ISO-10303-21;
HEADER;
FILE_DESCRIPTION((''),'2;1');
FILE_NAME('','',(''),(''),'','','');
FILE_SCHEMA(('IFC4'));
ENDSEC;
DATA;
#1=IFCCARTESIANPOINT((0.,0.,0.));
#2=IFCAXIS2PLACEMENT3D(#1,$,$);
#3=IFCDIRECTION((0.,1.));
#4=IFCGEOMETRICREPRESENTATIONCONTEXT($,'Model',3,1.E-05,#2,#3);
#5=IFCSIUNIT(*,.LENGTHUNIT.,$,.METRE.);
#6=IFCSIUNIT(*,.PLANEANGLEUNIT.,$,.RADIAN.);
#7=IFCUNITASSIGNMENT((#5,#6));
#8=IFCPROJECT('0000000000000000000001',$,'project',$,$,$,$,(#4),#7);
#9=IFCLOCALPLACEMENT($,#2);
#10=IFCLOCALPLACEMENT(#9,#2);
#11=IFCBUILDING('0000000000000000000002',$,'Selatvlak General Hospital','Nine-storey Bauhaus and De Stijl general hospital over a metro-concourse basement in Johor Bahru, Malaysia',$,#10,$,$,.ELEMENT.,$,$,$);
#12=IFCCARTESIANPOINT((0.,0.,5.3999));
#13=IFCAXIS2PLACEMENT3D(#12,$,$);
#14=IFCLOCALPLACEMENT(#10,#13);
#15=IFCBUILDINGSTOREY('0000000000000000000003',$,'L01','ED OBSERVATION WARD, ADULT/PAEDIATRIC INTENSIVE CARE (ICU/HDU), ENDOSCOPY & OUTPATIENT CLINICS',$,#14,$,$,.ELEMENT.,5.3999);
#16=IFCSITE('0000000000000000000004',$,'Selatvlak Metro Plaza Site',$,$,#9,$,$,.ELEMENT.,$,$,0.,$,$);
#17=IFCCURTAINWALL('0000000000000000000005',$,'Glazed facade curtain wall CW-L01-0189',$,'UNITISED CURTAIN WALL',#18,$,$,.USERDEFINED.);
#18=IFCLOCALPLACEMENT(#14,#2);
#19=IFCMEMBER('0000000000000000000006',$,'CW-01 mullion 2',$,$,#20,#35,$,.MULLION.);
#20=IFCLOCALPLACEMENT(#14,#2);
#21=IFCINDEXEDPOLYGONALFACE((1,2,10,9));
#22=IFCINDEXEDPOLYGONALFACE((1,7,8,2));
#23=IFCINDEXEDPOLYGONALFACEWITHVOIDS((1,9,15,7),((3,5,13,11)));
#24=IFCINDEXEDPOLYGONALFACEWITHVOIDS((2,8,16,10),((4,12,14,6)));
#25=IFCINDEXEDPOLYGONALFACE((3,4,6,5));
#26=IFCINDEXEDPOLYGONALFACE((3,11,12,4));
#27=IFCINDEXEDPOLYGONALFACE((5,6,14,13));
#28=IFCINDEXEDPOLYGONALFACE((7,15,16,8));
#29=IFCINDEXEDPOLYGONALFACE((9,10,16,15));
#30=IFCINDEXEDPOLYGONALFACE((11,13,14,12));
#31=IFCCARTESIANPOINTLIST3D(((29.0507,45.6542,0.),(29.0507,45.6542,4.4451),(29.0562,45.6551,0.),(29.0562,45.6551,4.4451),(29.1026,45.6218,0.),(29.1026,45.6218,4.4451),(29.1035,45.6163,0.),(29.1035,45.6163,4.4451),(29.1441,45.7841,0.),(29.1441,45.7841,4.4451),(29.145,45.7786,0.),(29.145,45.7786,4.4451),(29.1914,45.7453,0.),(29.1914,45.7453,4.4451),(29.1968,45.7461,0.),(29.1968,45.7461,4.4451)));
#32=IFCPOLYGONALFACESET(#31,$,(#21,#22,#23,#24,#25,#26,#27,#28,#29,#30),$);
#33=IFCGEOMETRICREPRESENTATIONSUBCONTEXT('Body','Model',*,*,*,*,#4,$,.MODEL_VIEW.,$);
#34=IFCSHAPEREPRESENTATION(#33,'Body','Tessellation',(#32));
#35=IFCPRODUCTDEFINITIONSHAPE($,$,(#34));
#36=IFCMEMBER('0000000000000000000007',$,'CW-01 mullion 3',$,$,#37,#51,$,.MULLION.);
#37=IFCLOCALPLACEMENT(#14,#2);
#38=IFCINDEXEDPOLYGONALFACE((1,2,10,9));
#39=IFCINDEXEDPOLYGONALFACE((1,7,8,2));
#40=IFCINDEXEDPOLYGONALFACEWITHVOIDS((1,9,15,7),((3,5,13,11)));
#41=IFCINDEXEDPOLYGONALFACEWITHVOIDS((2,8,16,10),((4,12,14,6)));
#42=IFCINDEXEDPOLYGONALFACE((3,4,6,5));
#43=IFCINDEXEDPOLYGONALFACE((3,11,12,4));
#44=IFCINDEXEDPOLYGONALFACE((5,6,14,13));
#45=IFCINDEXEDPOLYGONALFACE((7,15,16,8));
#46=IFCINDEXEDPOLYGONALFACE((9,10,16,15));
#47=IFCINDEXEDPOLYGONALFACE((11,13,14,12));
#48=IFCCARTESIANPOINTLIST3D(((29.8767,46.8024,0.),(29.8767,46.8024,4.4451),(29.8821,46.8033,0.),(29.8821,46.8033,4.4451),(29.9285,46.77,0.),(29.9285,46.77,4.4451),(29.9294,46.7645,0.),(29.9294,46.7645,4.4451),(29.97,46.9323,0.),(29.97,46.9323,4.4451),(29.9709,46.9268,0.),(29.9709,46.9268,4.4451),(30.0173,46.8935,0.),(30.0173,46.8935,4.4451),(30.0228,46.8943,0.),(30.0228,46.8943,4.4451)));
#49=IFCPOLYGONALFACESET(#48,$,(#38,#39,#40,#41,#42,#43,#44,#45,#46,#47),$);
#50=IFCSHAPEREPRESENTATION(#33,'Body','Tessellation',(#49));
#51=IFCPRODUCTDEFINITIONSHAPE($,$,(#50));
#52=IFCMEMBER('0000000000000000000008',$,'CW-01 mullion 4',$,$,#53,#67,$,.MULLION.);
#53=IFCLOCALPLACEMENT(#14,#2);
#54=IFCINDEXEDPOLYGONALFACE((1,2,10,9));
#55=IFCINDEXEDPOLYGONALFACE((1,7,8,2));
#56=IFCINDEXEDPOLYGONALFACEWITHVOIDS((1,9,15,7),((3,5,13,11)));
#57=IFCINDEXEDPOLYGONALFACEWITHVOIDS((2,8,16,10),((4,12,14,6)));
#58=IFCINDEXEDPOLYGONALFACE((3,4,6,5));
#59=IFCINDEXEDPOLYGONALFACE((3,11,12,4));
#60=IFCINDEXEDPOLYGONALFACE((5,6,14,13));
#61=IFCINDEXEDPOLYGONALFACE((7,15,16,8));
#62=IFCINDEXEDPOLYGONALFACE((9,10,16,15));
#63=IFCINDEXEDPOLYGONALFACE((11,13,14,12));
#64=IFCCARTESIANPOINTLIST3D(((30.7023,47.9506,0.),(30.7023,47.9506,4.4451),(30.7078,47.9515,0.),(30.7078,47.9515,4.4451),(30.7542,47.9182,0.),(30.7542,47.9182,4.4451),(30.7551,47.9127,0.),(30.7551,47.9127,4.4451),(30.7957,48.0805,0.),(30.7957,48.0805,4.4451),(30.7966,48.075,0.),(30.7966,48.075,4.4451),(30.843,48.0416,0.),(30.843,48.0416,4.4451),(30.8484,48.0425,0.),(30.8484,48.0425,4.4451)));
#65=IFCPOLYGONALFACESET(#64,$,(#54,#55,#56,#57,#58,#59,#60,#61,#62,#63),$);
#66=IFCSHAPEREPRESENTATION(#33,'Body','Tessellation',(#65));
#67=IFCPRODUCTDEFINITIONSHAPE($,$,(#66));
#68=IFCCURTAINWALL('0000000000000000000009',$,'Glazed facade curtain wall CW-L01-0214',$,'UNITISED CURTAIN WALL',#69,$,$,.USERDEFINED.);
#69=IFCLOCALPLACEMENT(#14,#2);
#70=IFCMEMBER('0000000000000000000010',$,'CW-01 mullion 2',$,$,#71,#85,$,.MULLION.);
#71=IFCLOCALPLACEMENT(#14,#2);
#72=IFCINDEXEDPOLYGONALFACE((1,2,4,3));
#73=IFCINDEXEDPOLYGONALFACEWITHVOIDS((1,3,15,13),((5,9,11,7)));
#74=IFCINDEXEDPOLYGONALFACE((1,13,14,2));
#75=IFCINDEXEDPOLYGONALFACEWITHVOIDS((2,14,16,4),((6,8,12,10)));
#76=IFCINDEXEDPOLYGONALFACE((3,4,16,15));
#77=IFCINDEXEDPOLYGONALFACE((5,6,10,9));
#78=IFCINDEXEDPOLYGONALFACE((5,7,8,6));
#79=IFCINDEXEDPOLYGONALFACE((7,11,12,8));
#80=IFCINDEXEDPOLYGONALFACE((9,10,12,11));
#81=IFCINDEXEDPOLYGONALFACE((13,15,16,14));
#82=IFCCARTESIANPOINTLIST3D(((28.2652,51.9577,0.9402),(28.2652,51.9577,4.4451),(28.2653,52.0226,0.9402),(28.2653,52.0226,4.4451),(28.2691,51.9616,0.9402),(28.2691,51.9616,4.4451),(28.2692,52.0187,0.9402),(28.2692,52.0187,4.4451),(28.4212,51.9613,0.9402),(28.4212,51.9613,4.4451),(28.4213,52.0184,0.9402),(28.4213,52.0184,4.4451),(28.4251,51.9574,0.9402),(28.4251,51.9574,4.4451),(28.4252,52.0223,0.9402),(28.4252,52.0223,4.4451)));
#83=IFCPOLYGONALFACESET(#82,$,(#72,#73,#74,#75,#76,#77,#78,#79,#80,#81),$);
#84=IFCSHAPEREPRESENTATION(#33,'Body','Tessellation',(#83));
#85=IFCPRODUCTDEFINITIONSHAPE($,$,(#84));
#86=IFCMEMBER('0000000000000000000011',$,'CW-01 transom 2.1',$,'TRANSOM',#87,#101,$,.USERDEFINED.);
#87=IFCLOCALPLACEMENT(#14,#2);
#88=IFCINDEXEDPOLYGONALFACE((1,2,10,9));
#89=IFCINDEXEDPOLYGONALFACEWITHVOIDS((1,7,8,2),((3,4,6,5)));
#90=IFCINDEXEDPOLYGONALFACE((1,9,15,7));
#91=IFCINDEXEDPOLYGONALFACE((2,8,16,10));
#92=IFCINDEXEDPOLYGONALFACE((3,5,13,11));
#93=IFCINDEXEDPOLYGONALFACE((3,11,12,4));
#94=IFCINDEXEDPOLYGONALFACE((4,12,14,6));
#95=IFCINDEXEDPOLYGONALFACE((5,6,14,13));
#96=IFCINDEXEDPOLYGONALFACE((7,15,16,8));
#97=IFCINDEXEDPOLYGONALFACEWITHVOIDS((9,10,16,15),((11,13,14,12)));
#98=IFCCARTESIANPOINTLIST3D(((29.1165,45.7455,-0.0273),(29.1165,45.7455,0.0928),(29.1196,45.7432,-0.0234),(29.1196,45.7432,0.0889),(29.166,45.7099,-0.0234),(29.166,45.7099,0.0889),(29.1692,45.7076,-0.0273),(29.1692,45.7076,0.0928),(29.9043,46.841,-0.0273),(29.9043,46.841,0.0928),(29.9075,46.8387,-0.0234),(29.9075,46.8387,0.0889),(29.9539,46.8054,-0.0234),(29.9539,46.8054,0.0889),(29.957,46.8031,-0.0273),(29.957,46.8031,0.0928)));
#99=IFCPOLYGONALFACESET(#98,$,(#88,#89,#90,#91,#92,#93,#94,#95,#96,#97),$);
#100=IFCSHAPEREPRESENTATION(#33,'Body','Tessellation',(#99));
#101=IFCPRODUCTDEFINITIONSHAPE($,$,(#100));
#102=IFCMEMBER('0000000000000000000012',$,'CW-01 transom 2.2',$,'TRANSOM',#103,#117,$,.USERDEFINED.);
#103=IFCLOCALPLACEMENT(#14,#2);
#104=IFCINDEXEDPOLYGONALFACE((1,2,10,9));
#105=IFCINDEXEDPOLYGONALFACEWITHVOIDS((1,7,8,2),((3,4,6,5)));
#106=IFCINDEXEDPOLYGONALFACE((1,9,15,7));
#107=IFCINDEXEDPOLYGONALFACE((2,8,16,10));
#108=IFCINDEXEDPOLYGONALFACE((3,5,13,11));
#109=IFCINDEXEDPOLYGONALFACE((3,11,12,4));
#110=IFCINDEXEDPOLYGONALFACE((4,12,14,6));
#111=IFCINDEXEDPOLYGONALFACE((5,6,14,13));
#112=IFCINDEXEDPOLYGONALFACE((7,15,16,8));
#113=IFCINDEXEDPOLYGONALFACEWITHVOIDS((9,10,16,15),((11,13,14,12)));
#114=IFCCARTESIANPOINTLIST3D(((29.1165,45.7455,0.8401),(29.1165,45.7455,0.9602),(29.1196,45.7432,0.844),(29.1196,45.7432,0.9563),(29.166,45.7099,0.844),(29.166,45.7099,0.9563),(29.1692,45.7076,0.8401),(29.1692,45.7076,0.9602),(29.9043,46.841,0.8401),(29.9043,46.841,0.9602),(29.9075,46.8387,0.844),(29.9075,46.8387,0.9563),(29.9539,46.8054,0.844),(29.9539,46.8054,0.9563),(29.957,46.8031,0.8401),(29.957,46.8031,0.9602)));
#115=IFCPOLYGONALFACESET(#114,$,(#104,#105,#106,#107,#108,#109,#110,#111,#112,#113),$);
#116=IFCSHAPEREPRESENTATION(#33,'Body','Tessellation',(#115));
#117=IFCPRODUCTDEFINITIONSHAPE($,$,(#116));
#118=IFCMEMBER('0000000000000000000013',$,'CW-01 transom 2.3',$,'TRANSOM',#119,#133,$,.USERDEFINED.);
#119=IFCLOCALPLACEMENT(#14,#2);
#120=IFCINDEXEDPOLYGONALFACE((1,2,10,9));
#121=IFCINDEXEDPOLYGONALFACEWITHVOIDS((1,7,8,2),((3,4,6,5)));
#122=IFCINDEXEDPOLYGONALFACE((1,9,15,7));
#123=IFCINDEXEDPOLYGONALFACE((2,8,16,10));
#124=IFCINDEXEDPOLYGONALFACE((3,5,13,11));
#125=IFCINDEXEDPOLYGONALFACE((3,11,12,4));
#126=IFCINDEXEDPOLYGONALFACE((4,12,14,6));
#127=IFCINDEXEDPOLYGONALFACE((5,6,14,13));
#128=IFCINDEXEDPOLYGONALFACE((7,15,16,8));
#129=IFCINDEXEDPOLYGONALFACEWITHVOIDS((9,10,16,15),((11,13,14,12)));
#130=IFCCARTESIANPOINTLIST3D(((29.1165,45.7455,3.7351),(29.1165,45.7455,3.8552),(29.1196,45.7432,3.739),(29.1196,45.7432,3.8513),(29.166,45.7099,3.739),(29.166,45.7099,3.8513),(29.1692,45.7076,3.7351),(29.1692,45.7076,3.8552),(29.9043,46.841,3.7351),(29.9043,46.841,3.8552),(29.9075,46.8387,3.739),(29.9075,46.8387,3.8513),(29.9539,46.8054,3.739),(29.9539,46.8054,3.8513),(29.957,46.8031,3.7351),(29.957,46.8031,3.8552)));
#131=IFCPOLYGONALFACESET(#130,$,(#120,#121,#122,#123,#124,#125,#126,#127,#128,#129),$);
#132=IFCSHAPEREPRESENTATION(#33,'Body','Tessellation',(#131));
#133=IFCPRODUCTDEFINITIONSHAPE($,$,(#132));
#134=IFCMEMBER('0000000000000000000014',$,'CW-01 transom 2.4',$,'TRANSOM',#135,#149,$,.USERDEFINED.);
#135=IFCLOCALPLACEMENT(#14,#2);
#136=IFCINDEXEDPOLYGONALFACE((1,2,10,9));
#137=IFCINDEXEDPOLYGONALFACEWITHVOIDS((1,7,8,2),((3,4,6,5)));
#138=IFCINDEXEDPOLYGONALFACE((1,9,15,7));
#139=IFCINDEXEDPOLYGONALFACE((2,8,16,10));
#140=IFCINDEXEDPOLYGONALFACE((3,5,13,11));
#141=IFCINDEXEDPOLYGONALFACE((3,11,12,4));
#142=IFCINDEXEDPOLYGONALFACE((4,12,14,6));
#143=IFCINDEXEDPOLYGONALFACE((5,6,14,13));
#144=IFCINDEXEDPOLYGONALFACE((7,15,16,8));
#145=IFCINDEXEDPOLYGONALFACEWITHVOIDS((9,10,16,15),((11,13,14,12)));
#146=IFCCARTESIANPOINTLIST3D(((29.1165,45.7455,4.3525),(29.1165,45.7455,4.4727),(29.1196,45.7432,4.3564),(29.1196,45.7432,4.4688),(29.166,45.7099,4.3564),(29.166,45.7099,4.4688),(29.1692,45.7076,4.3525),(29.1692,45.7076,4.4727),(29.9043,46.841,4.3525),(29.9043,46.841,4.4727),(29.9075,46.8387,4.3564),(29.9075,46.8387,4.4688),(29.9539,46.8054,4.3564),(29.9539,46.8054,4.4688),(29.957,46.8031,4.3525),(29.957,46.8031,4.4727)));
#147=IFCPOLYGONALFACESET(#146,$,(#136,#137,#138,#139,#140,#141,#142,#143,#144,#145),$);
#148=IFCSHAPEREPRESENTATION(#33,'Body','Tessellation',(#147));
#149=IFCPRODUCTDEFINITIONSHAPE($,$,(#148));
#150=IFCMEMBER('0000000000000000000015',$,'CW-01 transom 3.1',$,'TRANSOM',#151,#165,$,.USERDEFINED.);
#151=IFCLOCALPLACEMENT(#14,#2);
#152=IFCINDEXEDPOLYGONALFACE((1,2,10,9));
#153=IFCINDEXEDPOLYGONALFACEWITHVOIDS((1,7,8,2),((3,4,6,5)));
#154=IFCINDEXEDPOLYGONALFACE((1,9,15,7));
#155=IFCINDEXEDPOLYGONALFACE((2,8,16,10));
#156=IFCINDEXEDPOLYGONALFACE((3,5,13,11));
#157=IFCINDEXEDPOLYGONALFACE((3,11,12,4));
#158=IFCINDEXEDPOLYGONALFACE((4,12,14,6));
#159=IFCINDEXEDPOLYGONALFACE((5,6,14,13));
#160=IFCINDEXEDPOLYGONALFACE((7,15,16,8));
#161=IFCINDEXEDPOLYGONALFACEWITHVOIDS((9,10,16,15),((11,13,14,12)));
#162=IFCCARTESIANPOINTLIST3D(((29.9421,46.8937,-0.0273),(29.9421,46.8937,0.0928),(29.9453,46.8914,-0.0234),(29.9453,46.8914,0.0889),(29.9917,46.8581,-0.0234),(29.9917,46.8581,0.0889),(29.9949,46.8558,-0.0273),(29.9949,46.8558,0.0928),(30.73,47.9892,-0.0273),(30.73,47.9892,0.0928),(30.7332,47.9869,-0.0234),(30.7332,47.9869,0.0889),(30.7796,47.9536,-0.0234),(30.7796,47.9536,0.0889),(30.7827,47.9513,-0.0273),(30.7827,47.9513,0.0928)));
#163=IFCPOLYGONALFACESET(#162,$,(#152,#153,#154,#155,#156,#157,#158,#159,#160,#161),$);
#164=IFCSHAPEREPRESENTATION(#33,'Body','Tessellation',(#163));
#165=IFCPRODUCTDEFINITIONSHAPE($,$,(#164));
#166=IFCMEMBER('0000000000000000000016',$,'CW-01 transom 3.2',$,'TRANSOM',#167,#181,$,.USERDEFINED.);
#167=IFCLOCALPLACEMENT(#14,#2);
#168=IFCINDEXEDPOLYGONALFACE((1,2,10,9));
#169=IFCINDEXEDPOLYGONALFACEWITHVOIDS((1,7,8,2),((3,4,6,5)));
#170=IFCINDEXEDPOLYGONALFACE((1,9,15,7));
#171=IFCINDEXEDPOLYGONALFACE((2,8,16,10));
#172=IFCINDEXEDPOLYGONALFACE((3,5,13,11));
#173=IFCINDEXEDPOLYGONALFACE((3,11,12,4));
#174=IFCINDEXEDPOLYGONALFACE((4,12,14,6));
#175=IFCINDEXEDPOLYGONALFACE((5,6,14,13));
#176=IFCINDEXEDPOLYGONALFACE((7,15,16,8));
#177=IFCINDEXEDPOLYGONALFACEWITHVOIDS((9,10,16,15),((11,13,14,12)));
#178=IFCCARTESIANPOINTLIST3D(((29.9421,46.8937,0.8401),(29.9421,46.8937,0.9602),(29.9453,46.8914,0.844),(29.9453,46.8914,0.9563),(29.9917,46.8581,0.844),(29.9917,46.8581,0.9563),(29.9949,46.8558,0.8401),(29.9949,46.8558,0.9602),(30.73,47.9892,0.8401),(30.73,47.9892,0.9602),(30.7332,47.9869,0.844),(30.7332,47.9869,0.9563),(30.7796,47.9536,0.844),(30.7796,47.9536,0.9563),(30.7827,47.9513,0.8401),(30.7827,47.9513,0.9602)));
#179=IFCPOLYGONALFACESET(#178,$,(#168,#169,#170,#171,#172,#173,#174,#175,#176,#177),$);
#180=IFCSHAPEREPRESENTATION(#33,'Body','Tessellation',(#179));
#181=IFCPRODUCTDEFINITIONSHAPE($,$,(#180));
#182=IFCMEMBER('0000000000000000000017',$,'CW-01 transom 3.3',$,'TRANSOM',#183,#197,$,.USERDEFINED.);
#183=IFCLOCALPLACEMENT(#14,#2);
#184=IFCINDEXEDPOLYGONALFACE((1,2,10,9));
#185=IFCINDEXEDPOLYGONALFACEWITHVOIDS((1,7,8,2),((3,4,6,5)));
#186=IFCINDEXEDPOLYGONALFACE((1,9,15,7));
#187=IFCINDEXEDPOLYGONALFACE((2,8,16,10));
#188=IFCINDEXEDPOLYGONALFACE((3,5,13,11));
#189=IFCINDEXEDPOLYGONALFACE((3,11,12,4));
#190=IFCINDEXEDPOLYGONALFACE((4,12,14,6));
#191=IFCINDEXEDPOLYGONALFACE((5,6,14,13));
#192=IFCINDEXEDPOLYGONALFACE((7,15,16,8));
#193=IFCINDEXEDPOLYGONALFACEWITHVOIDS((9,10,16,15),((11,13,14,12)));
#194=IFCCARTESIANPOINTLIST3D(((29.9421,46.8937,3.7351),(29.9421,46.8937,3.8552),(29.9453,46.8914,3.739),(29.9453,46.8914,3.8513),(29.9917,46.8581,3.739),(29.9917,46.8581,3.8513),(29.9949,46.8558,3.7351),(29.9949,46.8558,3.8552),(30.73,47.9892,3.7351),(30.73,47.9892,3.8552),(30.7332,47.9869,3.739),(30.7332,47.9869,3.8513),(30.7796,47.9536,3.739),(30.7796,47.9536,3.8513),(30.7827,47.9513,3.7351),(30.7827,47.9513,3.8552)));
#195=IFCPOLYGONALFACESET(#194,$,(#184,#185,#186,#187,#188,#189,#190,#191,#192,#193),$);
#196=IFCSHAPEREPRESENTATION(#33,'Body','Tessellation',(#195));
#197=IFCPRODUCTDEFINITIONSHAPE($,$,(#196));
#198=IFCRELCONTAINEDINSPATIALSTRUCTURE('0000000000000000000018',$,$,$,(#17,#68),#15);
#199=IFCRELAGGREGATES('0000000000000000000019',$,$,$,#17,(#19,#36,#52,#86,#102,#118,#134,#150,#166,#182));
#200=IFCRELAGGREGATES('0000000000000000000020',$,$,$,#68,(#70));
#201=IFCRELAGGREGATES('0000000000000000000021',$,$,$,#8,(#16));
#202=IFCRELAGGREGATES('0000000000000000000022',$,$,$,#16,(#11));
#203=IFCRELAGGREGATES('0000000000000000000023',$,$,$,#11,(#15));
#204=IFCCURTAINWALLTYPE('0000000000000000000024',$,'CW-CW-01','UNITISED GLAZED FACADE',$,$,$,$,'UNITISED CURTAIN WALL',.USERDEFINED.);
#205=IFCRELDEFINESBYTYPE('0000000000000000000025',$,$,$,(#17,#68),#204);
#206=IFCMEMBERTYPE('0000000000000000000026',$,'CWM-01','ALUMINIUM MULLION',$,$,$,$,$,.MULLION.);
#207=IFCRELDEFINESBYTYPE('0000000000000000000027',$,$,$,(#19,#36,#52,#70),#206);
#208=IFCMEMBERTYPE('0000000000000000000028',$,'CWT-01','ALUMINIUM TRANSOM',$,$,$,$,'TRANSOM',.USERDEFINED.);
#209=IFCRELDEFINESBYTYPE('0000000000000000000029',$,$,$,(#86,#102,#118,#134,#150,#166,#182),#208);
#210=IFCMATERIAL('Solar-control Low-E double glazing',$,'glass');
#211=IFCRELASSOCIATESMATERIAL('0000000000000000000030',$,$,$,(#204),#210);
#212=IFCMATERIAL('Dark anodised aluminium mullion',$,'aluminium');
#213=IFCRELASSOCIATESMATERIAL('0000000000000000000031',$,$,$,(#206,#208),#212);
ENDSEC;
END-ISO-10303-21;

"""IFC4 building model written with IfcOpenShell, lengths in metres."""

from ifc_helpers import new_model, si_unit, direction, frame, origin, origin_2d, place, context, subcontext, project, spatial, hollow_rectangle, extrude, material, material_profile, profile_set, type_object, element, aggregate, save


model = new_model("IFC4")

# Units and contexts
model_context = context("Model", 3, precision=1e-05, world=origin(), true_north=direction((0.0, 1.0)))
body_context = subcontext(model_context, "Body", "Model", "MODEL_VIEW")
ifc_project = project(units=[si_unit("LENGTHUNIT", "METRE"), si_unit("PLANEANGLEUNIT", "RADIAN")], contexts=[model_context])

# Site, building, storey
site_placement = place(None, origin())
site = spatial("IfcSite", under=ifc_project, at=site_placement, Name="Selatvlak Metro Plaza Site", CompositionType="ELEMENT", RefElevation=0.0)
building_placement = place(site_placement, origin())
building = spatial("IfcBuilding", under=site, at=building_placement, Name="Selatvlak General Hospital", Description="Nine-storey Bauhaus and De Stijl general hospital over a metro-concourse basement in Johor Bahru, Malaysia", CompositionType="ELEMENT")
storey_placement = place(building_placement, frame((0.0, 0.0, 5.3999)))
storey = spatial("IfcBuildingStorey", under=building, at=storey_placement, Name="L01", Description="ED OBSERVATION WARD, ADULT/PAEDIATRIC INTENSIVE CARE (ICU/HDU), ENDOSCOPY & OUTPATIENT CLINICS", CompositionType="ELEMENT", Elevation=5.3999)

# Curtain wall, members
ifc_material_1 = material(Name="Solar-control Low-E double glazing", Category="glass")
curtain_wall_type = type_object("IfcCurtainWallType", Name="CW-CW-01", Description="UNITISED GLAZED FACADE", ElementType="UNITISED CURTAIN WALL", PredefinedType="USERDEFINED", material=ifc_material_1)
curtain_wall_1_placement = place(storey_placement, origin())
curtain_wall_1 = element("IfcCurtainWall", 1, at=curtain_wall_1_placement, inside=storey, type_object=curtain_wall_type, Name="Glazed facade curtain wall CW-L01-0189", ObjectType="UNITISED CURTAIN WALL", PredefinedType="USERDEFINED")
ifc_material_2 = material(Name="Dark anodised aluminium mullion", Category="aluminium")
ifc_material_profile_1 = material_profile(ifc_material_2, hollow_rectangle(XDim=0.0649, YDim=0.1599, WallThickness=0.0039, at=origin_2d()), Name="AL-MUL 65x160x4")
ifc_profile_set_1 = profile_set([ifc_material_profile_1], Name="Dark anodised aluminium mullion")
member_type_1 = type_object("IfcMemberType", Name="CWM-01", Description="ALUMINIUM MULLION", PredefinedType="MULLION", material=ifc_profile_set_1)
member_1_placement = place(storey_placement, frame((29.1238, 45.7002, 0.0), z_axis=(0.0, 0.0, 1.0), x_axis=(-0.811837, 0.583884, 0.0)))
member_1 = element("IfcMember", 2, at=member_1_placement, type_object=member_type_1, Name="CW-01 mullion 2", PredefinedType="MULLION", context=body_context, shape_type="SweptSolid", body=[
    extrude(hollow_rectangle(XDim=0.0649, YDim=0.1599, WallThickness=0.0039, at=origin_2d()), origin(), (0.0, 0.0, 1.0), 4.4451),
])
member_2_placement = place(storey_placement, frame((29.9497, 46.8484, 0.0), z_axis=(0.0, 0.0, 1.0), x_axis=(-0.811837, 0.583884, 0.0)))
member_2 = element("IfcMember", 3, at=member_2_placement, type_object=member_type_1, Name="CW-01 mullion 3", PredefinedType="MULLION", context=body_context, shape_type="SweptSolid", body=[
    extrude(hollow_rectangle(XDim=0.0649, YDim=0.1599, WallThickness=0.0039, at=origin_2d()), origin(), (0.0, 0.0, 1.0), 4.4451),
])
member_3_placement = place(storey_placement, frame((30.7754, 47.9966, 0.0), z_axis=(0.0, 0.0, 1.0), x_axis=(-0.811837, 0.583884, 0.0)))
member_3 = element("IfcMember", 4, at=member_3_placement, type_object=member_type_1, Name="CW-01 mullion 4", PredefinedType="MULLION", context=body_context, shape_type="SweptSolid", body=[
    extrude(hollow_rectangle(XDim=0.0649, YDim=0.1599, WallThickness=0.0039, at=origin_2d()), origin(), (0.0, 0.0, 1.0), 4.4451),
])

# Curtain wall, member
curtain_wall_2_placement = place(storey_placement, origin())
curtain_wall_2 = element("IfcCurtainWall", 5, at=curtain_wall_2_placement, inside=storey, type_object=curtain_wall_type, Name="Glazed facade curtain wall CW-L01-0214", ObjectType="UNITISED CURTAIN WALL", PredefinedType="USERDEFINED")
member_4_placement = place(storey_placement, frame((28.3452, 51.99, 0.9402), z_axis=(0.0, 0.0, 1.0), x_axis=(-0.001811, -0.999998, 0.0)))
member_4 = element("IfcMember", 6, at=member_4_placement, type_object=member_type_1, Name="CW-01 mullion 2", PredefinedType="MULLION", context=body_context, shape_type="SweptSolid", body=[
    extrude(hollow_rectangle(XDim=0.0649, YDim=0.1599, WallThickness=0.0039, at=origin_2d()), origin(), (0.0, 0.0, 1.0), 3.5049),
])

# Members
ifc_material_profile_2 = material_profile(ifc_material_2, hollow_rectangle(XDim=0.0649, YDim=0.1201, WallThickness=0.0039, at=origin_2d()), Name="AL-TRN 65x120x4")
ifc_profile_set_2 = profile_set([ifc_material_profile_2], Name="Dark anodised aluminium mullion")
member_type_2 = type_object("IfcMemberType", Name="CWT-01", Description="ALUMINIUM TRANSOM", ElementType="TRANSOM", PredefinedType="USERDEFINED", material=ifc_profile_set_2)
member_5_placement = place(storey_placement, frame((29.1428, 45.7266, 0.0327), z_axis=(0.583871, 0.811847, 0.0), x_axis=(-0.811847, 0.583871, 0.0)))
member_5 = element("IfcMember", 7, at=member_5_placement, type_object=member_type_2, Name="CW-01 transom 2.1", ObjectType="TRANSOM", PredefinedType="USERDEFINED", context=body_context, shape_type="SweptSolid", body=[
    extrude(hollow_rectangle(XDim=0.0649, YDim=0.1201, WallThickness=0.0039, at=origin_2d()), origin(), (0.0, 0.0, 1.0), 1.3494),
])
member_6_placement = place(storey_placement, frame((29.1428, 45.7266, 0.9001), z_axis=(0.583871, 0.811847, 0.0), x_axis=(-0.811847, 0.583871, 0.0)))
member_6 = element("IfcMember", 8, at=member_6_placement, type_object=member_type_2, Name="CW-01 transom 2.2", ObjectType="TRANSOM", PredefinedType="USERDEFINED", context=body_context, shape_type="SweptSolid", body=[
    extrude(hollow_rectangle(XDim=0.0649, YDim=0.1201, WallThickness=0.0039, at=origin_2d()), origin(), (0.0, 0.0, 1.0), 1.3494),
])
member_7_placement = place(storey_placement, frame((29.1428, 45.7266, 3.7952), z_axis=(0.583871, 0.811847, 0.0), x_axis=(-0.811847, 0.583871, 0.0)))
member_7 = element("IfcMember", 9, at=member_7_placement, type_object=member_type_2, Name="CW-01 transom 2.3", ObjectType="TRANSOM", PredefinedType="USERDEFINED", context=body_context, shape_type="SweptSolid", body=[
    extrude(hollow_rectangle(XDim=0.0649, YDim=0.1201, WallThickness=0.0039, at=origin_2d()), origin(), (0.0, 0.0, 1.0), 1.3494),
])
member_8_placement = place(storey_placement, frame((29.1428, 45.7266, 4.4126), z_axis=(0.583871, 0.811847, 0.0), x_axis=(-0.811847, 0.583871, 0.0)))
member_8 = element("IfcMember", 10, at=member_8_placement, type_object=member_type_2, Name="CW-01 transom 2.4", ObjectType="TRANSOM", PredefinedType="USERDEFINED", context=body_context, shape_type="SweptSolid", body=[
    extrude(hollow_rectangle(XDim=0.0649, YDim=0.1201, WallThickness=0.0039, at=origin_2d()), origin(), (0.0, 0.0, 1.0), 1.3494),
])
member_9_placement = place(storey_placement, frame((29.9685, 46.8748, 0.0327), z_axis=(0.583871, 0.811847, 0.0), x_axis=(-0.811847, 0.583871, 0.0)))
member_9 = element("IfcMember", 11, at=member_9_placement, type_object=member_type_2, Name="CW-01 transom 3.1", ObjectType="TRANSOM", PredefinedType="USERDEFINED", context=body_context, shape_type="SweptSolid", body=[
    extrude(hollow_rectangle(XDim=0.0649, YDim=0.1201, WallThickness=0.0039, at=origin_2d()), origin(), (0.0, 0.0, 1.0), 1.3494),
])
member_10_placement = place(storey_placement, frame((29.9685, 46.8748, 0.9001), z_axis=(0.583871, 0.811847, 0.0), x_axis=(-0.811847, 0.583871, 0.0)))
member_10 = element("IfcMember", 12, at=member_10_placement, type_object=member_type_2, Name="CW-01 transom 3.2", ObjectType="TRANSOM", PredefinedType="USERDEFINED", context=body_context, shape_type="SweptSolid", body=[
    extrude(hollow_rectangle(XDim=0.0649, YDim=0.1201, WallThickness=0.0039, at=origin_2d()), origin(), (0.0, 0.0, 1.0), 1.3494),
])
member_11_placement = place(storey_placement, frame((29.9685, 46.8748, 3.7952), z_axis=(0.583871, 0.811847, 0.0), x_axis=(-0.811847, 0.583871, 0.0)))
member_11 = element("IfcMember", 13, at=member_11_placement, type_object=member_type_2, Name="CW-01 transom 3.3", ObjectType="TRANSOM", PredefinedType="USERDEFINED", context=body_context, shape_type="SweptSolid", body=[
    extrude(hollow_rectangle(XDim=0.0649, YDim=0.1201, WallThickness=0.0039, at=origin_2d()), origin(), (0.0, 0.0, 1.0), 1.3494),
])

aggregate(curtain_wall_1, [member_1, member_2, member_3, member_5, member_6, member_7, member_8, member_9, member_10, member_11])
aggregate(curtain_wall_2, [member_4])

save(model, "model.ifc")
